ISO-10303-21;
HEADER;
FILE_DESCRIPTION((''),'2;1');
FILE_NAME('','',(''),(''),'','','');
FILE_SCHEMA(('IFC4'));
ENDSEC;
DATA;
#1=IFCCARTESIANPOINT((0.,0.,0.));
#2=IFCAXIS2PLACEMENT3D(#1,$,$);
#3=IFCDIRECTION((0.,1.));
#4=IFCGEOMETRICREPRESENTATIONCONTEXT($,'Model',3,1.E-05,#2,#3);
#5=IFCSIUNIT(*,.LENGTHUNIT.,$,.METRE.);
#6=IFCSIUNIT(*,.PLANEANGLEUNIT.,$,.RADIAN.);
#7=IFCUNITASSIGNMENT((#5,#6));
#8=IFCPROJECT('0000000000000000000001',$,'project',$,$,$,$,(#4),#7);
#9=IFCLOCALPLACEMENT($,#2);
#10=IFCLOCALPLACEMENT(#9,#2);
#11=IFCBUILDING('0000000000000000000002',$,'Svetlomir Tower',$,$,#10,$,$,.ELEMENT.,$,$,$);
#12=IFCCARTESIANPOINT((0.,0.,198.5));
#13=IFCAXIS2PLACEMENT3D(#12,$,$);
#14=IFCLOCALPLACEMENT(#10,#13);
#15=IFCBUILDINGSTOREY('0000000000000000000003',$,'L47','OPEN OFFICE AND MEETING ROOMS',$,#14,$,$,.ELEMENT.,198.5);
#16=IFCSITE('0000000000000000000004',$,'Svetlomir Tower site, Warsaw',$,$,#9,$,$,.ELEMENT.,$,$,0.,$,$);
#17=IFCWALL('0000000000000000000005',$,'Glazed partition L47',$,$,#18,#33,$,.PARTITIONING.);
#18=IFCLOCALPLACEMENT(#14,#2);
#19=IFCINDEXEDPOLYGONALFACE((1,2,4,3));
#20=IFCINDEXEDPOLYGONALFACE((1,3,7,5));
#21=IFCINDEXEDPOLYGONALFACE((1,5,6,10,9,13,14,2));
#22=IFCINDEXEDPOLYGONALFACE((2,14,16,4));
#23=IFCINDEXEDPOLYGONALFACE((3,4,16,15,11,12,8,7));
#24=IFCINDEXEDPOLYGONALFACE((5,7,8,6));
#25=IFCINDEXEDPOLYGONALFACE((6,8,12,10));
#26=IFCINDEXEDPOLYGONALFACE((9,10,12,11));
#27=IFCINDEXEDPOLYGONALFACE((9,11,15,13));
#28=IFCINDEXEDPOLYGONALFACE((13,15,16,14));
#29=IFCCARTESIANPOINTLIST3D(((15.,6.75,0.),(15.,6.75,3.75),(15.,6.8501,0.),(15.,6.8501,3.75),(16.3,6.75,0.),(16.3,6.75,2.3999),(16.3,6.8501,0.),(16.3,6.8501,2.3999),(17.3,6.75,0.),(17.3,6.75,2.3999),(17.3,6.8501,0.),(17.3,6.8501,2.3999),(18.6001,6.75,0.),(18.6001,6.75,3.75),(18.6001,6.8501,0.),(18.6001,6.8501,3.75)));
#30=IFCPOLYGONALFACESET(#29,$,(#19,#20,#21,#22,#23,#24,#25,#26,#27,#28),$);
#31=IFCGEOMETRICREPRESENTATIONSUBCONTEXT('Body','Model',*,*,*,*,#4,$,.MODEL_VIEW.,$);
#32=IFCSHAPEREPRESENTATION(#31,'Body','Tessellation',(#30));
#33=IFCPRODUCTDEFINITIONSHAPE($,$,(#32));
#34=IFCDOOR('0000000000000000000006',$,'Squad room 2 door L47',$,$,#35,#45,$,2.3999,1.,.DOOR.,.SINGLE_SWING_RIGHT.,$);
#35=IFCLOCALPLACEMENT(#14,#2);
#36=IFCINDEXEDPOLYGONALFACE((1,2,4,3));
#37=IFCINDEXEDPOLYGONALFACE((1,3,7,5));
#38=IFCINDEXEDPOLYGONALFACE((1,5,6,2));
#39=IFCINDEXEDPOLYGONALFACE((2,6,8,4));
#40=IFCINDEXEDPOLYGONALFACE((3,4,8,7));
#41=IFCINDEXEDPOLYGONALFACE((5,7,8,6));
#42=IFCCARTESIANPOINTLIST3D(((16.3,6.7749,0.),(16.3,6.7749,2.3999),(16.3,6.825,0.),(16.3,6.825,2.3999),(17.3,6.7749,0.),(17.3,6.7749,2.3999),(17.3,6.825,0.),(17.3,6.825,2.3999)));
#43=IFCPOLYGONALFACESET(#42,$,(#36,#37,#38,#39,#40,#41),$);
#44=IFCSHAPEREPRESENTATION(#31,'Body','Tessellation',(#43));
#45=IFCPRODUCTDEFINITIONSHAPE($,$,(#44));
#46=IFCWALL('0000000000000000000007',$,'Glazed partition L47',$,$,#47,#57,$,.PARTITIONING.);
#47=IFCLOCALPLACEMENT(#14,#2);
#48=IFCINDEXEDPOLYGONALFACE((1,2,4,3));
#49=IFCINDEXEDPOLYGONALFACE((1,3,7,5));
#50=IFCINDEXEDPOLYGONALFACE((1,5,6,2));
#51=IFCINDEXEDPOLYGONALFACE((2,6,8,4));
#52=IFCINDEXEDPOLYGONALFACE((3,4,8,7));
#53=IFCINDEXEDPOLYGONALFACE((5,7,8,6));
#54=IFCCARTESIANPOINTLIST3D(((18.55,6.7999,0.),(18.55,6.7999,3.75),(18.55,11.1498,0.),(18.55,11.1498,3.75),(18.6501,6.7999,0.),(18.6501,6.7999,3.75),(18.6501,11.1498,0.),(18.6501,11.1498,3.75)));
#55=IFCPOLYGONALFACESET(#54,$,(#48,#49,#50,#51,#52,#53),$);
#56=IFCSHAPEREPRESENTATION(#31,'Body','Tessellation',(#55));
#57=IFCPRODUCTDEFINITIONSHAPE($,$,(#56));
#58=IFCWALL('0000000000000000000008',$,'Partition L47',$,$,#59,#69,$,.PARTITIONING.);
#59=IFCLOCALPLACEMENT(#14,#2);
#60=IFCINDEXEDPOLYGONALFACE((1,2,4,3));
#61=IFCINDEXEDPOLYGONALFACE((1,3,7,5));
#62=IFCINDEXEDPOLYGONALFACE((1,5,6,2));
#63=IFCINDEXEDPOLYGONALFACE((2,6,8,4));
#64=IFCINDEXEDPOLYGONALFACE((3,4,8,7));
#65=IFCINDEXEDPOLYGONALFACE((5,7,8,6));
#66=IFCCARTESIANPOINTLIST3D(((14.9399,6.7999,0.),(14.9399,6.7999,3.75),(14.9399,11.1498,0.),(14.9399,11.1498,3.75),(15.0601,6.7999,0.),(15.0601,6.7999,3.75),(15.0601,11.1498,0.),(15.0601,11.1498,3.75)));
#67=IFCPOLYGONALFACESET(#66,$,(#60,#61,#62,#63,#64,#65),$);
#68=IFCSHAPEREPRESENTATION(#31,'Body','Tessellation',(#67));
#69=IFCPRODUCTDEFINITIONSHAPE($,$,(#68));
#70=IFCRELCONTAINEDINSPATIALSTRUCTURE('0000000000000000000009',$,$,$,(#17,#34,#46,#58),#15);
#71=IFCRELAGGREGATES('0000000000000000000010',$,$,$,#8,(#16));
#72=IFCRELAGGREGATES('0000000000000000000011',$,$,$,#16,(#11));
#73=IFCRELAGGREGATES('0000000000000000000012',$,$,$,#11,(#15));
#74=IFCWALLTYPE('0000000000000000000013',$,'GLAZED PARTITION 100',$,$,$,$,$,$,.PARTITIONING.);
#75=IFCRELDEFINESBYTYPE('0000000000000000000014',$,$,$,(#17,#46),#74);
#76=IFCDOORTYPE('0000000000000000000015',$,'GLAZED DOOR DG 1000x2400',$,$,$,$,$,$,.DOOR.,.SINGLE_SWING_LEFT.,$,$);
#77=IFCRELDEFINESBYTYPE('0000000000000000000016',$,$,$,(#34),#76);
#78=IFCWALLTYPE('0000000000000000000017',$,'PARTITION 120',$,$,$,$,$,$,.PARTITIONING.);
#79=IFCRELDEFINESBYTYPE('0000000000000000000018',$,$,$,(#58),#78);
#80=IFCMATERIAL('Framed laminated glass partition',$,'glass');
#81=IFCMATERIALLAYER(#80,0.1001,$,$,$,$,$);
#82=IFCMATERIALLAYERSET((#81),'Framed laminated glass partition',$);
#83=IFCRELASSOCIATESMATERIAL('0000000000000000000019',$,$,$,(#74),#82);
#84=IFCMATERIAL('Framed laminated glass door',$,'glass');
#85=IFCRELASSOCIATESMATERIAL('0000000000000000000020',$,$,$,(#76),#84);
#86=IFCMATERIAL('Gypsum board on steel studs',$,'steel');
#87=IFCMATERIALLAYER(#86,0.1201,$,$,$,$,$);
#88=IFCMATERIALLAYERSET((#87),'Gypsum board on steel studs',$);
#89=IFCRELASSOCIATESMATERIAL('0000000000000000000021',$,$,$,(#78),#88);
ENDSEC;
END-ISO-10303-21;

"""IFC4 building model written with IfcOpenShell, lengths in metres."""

from ifc_helpers import new_model, si_unit, direction, frame, frame_2d, origin, place, context, subcontext, project, spatial, rectangle, extrude, material, layer, layer_set, type_object, element, fill, save


model = new_model("IFC4")

# Units and contexts
model_context = context("Model", 3, precision=1e-05, world=origin(), true_north=direction((0.0, 1.0)))
body_context = subcontext(model_context, "Body", "Model", "MODEL_VIEW")
ifc_project = project(units=[si_unit("LENGTHUNIT", "METRE"), si_unit("PLANEANGLEUNIT", "RADIAN")], contexts=[model_context])

# Site, building, storey
site_placement = place(None, origin())
site = spatial("IfcSite", under=ifc_project, at=site_placement, Name="Svetlomir Tower site, Warsaw", CompositionType="ELEMENT", RefElevation=0.0)
building_placement = place(site_placement, origin())
building = spatial("IfcBuilding", under=site, at=building_placement, Name="Svetlomir Tower", CompositionType="ELEMENT")
storey_placement = place(building_placement, frame((0.0, 0.0, 198.5)))
storey = spatial("IfcBuildingStorey", under=building, at=storey_placement, Name="L47", Description="OPEN OFFICE AND MEETING ROOMS", CompositionType="ELEMENT", Elevation=198.5)

# Wall, opening, door
ifc_material_1 = material(Name="Framed laminated glass partition", Category="glass")
ifc_layer_1 = layer(ifc_material_1, 0.1001)
ifc_layer_set_1 = layer_set([ifc_layer_1], Name="Framed laminated glass partition")
wall_type_1 = type_object("IfcWallType", Name="GLAZED PARTITION 100", PredefinedType="PARTITIONING", material=ifc_layer_set_1)
wall_1_placement = place(storey_placement, frame((15.0, 6.8, 0.0), z_axis=(0.0, 0.0, 1.0), x_axis=(1.0, 0.0, 0.0)))
wall_1 = element("IfcWall", 1, at=wall_1_placement, inside=storey, type_object=wall_type_1, Name="Glazed partition L47", PredefinedType="PARTITIONING", context=body_context, shape_type="SweptSolid", body=[
    extrude(rectangle(XDim=3.6001, YDim=0.1001, at=frame_2d((1.8, 0.0))), origin(), (0.0, 0.0, 1.0), 3.75),
])
opening_1_placement = place(wall_1_placement, frame((1.3, 0.0, 0.0)))
opening_1 = element("IfcOpeningElement", 2, at=opening_1_placement, cuts=wall_1, PredefinedType="OPENING", context=body_context, shape_type="SweptSolid", body=[
    extrude(rectangle(XDim=1.0, YDim=2.3999, at=frame_2d((0.5, 1.2))), frame((0.0, 0.0601, 0.0), z_axis=(0.0, -1.0, 0.0), x_axis=(1.0, 0.0, 0.0)), (0.0, 0.0, 1.0), 0.1201),
])
ifc_material_2 = material(Name="Framed laminated glass door", Category="glass")
door_type_1 = type_object("IfcDoorType", Name="GLAZED DOOR DG 1000x2400", OperationType="SINGLE_SWING_LEFT", PredefinedType="DOOR", material=ifc_material_2)
door_1_placement = place(opening_1_placement, origin())
door_1 = element("IfcDoor", 3, at=door_1_placement, inside=storey, type_object=door_type_1, Name="Squad room 2 door L47", OperationType="SINGLE_SWING_RIGHT", OverallHeight=2.3999, OverallWidth=1.0, PredefinedType="DOOR", context=body_context, shape_type="SweptSolid", body=[
    extrude(rectangle(XDim=1.0, YDim=2.3999, at=frame_2d((0.5, 1.2))), frame((0.0, 0.0249, 0.0), z_axis=(0.0, -1.0, 0.0), x_axis=(1.0, 0.0, 0.0)), (0.0, 0.0, 1.0), 0.05),
])
fill(opening_1, door_1)

# Walls
wall_2_placement = place(storey_placement, frame((18.6001, 6.8, 0.0), z_axis=(0.0, 0.0, 1.0), x_axis=(0.0, 1.0, 0.0)))
element("IfcWall", 4, at=wall_2_placement, inside=storey, type_object=wall_type_1, Name="Glazed partition L47", PredefinedType="PARTITIONING", context=body_context, shape_type="SweptSolid", body=[
    extrude(rectangle(XDim=4.3499, YDim=0.1001, at=frame_2d((2.1748, 0.0))), origin(), (0.0, 0.0, 1.0), 3.75),
])
ifc_material_3 = material(Name="Gypsum board on steel studs", Category="steel")
ifc_layer_2 = layer(ifc_material_3, 0.1201)
ifc_layer_set_2 = layer_set([ifc_layer_2], Name="Gypsum board on steel studs")
wall_type_2 = type_object("IfcWallType", Name="PARTITION 120", PredefinedType="PARTITIONING", material=ifc_layer_set_2)
wall_3_placement = place(storey_placement, frame((15.0, 6.8, 0.0), z_axis=(0.0, 0.0, 1.0), x_axis=(0.0, 1.0, 0.0)))
element("IfcWall", 5, at=wall_3_placement, inside=storey, type_object=wall_type_2, Name="Partition L47", PredefinedType="PARTITIONING", context=body_context, shape_type="SweptSolid", body=[
    extrude(rectangle(XDim=4.3499, YDim=0.1201, at=frame_2d((2.1748, 0.0))), origin(), (0.0, 0.0, 1.0), 3.75),
])

save(model, "model.ifc")
